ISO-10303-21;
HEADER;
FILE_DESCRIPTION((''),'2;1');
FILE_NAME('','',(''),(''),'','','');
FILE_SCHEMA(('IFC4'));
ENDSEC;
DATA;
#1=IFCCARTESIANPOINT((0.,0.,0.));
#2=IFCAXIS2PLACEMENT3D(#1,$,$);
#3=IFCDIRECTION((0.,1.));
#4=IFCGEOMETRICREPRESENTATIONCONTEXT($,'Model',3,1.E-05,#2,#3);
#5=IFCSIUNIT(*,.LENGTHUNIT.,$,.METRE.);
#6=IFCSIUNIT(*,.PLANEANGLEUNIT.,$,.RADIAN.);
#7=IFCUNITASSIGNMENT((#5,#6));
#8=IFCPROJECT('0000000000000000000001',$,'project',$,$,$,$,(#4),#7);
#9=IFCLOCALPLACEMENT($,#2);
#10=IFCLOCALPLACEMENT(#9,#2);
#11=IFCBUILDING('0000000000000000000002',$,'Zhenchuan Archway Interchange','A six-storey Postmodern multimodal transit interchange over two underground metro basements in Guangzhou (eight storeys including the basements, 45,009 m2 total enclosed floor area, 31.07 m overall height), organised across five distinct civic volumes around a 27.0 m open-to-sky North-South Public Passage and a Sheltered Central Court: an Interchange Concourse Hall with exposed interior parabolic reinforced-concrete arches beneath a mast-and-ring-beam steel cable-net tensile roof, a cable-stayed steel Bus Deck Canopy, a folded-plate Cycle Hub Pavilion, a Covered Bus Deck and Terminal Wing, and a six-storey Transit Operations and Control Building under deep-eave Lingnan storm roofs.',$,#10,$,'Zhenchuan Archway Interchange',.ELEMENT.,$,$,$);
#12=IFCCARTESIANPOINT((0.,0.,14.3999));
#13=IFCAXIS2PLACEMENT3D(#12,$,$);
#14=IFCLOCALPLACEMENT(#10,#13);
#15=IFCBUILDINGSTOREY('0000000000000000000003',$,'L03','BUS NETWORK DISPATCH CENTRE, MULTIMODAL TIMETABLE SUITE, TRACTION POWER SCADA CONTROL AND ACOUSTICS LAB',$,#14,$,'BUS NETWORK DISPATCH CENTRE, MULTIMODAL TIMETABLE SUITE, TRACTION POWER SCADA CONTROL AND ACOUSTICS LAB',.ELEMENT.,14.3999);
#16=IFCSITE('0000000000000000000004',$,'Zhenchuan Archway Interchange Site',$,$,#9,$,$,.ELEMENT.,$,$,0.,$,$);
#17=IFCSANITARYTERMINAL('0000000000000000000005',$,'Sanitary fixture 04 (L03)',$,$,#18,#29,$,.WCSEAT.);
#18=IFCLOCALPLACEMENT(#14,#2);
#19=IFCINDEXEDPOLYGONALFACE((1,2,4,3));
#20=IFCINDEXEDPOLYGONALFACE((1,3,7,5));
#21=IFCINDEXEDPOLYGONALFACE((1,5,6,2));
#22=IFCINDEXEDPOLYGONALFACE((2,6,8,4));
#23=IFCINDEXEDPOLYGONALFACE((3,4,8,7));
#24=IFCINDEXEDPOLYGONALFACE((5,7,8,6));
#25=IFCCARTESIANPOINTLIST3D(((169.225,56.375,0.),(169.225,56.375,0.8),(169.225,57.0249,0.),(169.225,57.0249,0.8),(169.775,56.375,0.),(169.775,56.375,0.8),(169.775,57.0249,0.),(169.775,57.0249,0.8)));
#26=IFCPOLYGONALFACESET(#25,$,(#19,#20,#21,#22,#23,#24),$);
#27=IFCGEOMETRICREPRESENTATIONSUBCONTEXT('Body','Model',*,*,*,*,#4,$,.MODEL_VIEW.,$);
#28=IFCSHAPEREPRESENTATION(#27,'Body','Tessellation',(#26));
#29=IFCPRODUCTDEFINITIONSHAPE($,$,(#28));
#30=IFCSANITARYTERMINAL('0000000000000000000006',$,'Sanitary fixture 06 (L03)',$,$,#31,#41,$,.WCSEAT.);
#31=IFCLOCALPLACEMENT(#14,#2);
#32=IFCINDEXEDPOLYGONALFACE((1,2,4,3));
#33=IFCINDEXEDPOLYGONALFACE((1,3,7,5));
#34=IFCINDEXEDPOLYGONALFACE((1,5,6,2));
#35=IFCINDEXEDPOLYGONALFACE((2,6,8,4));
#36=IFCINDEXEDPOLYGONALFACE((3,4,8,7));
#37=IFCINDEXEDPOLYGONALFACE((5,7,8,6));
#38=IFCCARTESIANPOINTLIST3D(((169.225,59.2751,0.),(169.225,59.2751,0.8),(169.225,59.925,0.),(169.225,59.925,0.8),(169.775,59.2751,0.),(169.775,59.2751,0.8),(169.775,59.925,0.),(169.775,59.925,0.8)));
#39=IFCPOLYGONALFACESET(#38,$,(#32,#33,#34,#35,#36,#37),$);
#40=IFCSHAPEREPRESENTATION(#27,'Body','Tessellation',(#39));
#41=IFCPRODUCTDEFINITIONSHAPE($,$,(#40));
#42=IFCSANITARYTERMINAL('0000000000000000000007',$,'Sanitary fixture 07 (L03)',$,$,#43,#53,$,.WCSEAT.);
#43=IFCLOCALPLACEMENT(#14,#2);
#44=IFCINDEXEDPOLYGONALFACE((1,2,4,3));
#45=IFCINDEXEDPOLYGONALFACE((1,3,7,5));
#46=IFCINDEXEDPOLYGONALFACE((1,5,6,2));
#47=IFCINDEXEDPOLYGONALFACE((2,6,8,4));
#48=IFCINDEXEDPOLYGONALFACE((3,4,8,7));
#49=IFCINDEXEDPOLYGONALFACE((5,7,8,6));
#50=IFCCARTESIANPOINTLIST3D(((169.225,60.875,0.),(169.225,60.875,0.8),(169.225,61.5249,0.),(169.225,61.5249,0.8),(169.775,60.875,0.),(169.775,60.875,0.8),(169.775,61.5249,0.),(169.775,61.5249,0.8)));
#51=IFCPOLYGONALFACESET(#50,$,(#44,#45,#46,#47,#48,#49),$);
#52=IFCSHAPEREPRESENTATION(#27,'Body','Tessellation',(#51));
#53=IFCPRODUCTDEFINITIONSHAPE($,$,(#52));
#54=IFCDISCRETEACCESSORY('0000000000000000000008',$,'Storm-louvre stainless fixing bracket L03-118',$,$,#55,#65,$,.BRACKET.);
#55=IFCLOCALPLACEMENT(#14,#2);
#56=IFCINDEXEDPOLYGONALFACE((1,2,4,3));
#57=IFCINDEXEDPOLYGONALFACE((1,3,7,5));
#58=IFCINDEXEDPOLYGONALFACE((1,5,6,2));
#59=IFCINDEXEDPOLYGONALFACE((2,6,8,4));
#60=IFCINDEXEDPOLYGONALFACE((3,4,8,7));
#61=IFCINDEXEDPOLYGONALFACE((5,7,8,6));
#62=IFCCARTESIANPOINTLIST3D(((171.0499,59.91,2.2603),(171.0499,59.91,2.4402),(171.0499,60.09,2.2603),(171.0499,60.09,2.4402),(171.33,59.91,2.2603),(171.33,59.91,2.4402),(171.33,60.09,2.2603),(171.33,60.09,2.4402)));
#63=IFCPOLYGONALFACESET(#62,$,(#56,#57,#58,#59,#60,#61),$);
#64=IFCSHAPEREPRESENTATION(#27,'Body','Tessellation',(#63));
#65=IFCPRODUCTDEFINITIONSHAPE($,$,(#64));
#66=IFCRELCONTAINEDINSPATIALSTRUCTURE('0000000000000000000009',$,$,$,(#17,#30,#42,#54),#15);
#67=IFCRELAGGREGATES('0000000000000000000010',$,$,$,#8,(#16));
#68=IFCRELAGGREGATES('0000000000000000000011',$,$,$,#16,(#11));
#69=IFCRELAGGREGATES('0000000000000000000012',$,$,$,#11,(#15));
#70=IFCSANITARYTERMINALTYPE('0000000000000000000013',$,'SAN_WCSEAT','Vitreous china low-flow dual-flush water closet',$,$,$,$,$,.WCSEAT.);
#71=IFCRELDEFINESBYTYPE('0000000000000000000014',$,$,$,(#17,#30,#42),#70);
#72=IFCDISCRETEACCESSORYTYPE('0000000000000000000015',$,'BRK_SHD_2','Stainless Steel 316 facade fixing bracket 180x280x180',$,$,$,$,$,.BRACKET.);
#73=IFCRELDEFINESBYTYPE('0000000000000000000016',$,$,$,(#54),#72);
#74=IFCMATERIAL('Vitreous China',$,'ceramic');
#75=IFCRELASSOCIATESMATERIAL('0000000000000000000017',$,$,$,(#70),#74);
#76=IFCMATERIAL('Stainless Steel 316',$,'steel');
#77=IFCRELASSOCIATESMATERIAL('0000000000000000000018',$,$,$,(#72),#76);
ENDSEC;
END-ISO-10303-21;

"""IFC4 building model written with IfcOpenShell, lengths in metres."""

from ifc_helpers import new_model, si_unit, direction, frame, origin, origin_2d, place, context, subcontext, project, spatial, rectangle, extrude, material, type_object, element, save


model = new_model("IFC4")

# Units and contexts
model_context = context("Model", 3, precision=1e-05, world=origin(), true_north=direction((0.0, 1.0)))
body_context = subcontext(model_context, "Body", "Model", "MODEL_VIEW")
ifc_project = project(units=[si_unit("LENGTHUNIT", "METRE"), si_unit("PLANEANGLEUNIT", "RADIAN")], contexts=[model_context])

# Site, building, storey
site_placement = place(None, origin())
site = spatial("IfcSite", under=ifc_project, at=site_placement, Name="Zhenchuan Archway Interchange Site", CompositionType="ELEMENT", RefElevation=0.0)
building_placement = place(site_placement, origin())
building = spatial("IfcBuilding", under=site, at=building_placement, Name="Zhenchuan Archway Interchange", Description="A six-storey Postmodern multimodal transit interchange over two underground metro basements in Guangzhou (eight storeys including the basements, 45,009 m2 total enclosed floor area, 31.07 m overall height), organised across five distinct civic volumes around a 27.0 m open-to-sky North-South Public Passage and a Sheltered Central Court: an Interchange Concourse Hall with exposed interior parabolic reinforced-concrete arches beneath a mast-and-ring-beam steel cable-net tensile roof, a cable-stayed steel Bus Deck Canopy, a folded-plate Cycle Hub Pavilion, a Covered Bus Deck and Terminal Wing, and a six-storey Transit Operations and Control Building under deep-eave Lingnan storm roofs.", LongName="Zhenchuan Archway Interchange", CompositionType="ELEMENT")
storey_placement = place(building_placement, frame((0.0, 0.0, 14.3999)))
storey = spatial("IfcBuildingStorey", under=building, at=storey_placement, Name="L03", Description="BUS NETWORK DISPATCH CENTRE, MULTIMODAL TIMETABLE SUITE, TRACTION POWER SCADA CONTROL AND ACOUSTICS LAB", LongName="BUS NETWORK DISPATCH CENTRE, MULTIMODAL TIMETABLE SUITE, TRACTION POWER SCADA CONTROL AND ACOUSTICS LAB", CompositionType="ELEMENT", Elevation=14.3999)

# Sanitary terminals
ifc_material_1 = material(Name="Vitreous China", Category="ceramic")
sanitary_terminal_type_1 = type_object("IfcSanitaryTerminalType", Name="SAN_WCSEAT", Description="Vitreous china low-flow dual-flush water closet", PredefinedType="WCSEAT", material=ifc_material_1)
for number, where, z_axis, x_axis, name in (
    (1, (169.5, 56.7, 0.0), (0.0, 0.0, 1.0), (1.0, 0.0, 0.0), "Sanitary fixture 04 (L03)"),
    (2, (169.5, 59.6001, 0.0), (0.0, 0.0, 1.0), (1.0, 0.0, 0.0), "Sanitary fixture 06 (L03)"),
    (3, (169.5, 61.2, 0.0), (0.0, 0.0, 1.0), (1.0, 0.0, 0.0), "Sanitary fixture 07 (L03)"),
):
    element("IfcSanitaryTerminal", number, at=place(storey_placement, frame(where, z_axis=z_axis, x_axis=x_axis)), inside=storey, type_object=sanitary_terminal_type_1, Name=name, PredefinedType="WCSEAT", context=body_context, shape_type="SweptSolid", body=[
        extrude(rectangle(XDim=0.55, YDim=0.6499, at=origin_2d()), origin(), (0.0, 0.0, 1.0), 0.8),
    ])

# Discrete accessory
ifc_material_2 = material(Name="Stainless Steel 316", Category="steel")
discrete_accessory_type = type_object("IfcDiscreteAccessoryType", Name="BRK_SHD_2", Description="Stainless Steel 316 facade fixing bracket 180x280x180", PredefinedType="BRACKET", material=ifc_material_2)
discrete_accessory_placement = place(storey_placement, frame((171.1899, 60.0, 2.2603), z_axis=(0.0, 0.0, 1.0), x_axis=(0.0, -1.0, 0.0)))
element("IfcDiscreteAccessory", 4, at=discrete_accessory_placement, inside=storey, type_object=discrete_accessory_type, Name="Storm-louvre stainless fixing bracket L03-118", PredefinedType="BRACKET", context=body_context, shape_type="SweptSolid", body=[
    extrude(rectangle(XDim=0.1799, YDim=0.28, at=origin_2d()), origin(), (0.0, 0.0, 1.0), 0.1799),
])

save(model, "model.ifc")
